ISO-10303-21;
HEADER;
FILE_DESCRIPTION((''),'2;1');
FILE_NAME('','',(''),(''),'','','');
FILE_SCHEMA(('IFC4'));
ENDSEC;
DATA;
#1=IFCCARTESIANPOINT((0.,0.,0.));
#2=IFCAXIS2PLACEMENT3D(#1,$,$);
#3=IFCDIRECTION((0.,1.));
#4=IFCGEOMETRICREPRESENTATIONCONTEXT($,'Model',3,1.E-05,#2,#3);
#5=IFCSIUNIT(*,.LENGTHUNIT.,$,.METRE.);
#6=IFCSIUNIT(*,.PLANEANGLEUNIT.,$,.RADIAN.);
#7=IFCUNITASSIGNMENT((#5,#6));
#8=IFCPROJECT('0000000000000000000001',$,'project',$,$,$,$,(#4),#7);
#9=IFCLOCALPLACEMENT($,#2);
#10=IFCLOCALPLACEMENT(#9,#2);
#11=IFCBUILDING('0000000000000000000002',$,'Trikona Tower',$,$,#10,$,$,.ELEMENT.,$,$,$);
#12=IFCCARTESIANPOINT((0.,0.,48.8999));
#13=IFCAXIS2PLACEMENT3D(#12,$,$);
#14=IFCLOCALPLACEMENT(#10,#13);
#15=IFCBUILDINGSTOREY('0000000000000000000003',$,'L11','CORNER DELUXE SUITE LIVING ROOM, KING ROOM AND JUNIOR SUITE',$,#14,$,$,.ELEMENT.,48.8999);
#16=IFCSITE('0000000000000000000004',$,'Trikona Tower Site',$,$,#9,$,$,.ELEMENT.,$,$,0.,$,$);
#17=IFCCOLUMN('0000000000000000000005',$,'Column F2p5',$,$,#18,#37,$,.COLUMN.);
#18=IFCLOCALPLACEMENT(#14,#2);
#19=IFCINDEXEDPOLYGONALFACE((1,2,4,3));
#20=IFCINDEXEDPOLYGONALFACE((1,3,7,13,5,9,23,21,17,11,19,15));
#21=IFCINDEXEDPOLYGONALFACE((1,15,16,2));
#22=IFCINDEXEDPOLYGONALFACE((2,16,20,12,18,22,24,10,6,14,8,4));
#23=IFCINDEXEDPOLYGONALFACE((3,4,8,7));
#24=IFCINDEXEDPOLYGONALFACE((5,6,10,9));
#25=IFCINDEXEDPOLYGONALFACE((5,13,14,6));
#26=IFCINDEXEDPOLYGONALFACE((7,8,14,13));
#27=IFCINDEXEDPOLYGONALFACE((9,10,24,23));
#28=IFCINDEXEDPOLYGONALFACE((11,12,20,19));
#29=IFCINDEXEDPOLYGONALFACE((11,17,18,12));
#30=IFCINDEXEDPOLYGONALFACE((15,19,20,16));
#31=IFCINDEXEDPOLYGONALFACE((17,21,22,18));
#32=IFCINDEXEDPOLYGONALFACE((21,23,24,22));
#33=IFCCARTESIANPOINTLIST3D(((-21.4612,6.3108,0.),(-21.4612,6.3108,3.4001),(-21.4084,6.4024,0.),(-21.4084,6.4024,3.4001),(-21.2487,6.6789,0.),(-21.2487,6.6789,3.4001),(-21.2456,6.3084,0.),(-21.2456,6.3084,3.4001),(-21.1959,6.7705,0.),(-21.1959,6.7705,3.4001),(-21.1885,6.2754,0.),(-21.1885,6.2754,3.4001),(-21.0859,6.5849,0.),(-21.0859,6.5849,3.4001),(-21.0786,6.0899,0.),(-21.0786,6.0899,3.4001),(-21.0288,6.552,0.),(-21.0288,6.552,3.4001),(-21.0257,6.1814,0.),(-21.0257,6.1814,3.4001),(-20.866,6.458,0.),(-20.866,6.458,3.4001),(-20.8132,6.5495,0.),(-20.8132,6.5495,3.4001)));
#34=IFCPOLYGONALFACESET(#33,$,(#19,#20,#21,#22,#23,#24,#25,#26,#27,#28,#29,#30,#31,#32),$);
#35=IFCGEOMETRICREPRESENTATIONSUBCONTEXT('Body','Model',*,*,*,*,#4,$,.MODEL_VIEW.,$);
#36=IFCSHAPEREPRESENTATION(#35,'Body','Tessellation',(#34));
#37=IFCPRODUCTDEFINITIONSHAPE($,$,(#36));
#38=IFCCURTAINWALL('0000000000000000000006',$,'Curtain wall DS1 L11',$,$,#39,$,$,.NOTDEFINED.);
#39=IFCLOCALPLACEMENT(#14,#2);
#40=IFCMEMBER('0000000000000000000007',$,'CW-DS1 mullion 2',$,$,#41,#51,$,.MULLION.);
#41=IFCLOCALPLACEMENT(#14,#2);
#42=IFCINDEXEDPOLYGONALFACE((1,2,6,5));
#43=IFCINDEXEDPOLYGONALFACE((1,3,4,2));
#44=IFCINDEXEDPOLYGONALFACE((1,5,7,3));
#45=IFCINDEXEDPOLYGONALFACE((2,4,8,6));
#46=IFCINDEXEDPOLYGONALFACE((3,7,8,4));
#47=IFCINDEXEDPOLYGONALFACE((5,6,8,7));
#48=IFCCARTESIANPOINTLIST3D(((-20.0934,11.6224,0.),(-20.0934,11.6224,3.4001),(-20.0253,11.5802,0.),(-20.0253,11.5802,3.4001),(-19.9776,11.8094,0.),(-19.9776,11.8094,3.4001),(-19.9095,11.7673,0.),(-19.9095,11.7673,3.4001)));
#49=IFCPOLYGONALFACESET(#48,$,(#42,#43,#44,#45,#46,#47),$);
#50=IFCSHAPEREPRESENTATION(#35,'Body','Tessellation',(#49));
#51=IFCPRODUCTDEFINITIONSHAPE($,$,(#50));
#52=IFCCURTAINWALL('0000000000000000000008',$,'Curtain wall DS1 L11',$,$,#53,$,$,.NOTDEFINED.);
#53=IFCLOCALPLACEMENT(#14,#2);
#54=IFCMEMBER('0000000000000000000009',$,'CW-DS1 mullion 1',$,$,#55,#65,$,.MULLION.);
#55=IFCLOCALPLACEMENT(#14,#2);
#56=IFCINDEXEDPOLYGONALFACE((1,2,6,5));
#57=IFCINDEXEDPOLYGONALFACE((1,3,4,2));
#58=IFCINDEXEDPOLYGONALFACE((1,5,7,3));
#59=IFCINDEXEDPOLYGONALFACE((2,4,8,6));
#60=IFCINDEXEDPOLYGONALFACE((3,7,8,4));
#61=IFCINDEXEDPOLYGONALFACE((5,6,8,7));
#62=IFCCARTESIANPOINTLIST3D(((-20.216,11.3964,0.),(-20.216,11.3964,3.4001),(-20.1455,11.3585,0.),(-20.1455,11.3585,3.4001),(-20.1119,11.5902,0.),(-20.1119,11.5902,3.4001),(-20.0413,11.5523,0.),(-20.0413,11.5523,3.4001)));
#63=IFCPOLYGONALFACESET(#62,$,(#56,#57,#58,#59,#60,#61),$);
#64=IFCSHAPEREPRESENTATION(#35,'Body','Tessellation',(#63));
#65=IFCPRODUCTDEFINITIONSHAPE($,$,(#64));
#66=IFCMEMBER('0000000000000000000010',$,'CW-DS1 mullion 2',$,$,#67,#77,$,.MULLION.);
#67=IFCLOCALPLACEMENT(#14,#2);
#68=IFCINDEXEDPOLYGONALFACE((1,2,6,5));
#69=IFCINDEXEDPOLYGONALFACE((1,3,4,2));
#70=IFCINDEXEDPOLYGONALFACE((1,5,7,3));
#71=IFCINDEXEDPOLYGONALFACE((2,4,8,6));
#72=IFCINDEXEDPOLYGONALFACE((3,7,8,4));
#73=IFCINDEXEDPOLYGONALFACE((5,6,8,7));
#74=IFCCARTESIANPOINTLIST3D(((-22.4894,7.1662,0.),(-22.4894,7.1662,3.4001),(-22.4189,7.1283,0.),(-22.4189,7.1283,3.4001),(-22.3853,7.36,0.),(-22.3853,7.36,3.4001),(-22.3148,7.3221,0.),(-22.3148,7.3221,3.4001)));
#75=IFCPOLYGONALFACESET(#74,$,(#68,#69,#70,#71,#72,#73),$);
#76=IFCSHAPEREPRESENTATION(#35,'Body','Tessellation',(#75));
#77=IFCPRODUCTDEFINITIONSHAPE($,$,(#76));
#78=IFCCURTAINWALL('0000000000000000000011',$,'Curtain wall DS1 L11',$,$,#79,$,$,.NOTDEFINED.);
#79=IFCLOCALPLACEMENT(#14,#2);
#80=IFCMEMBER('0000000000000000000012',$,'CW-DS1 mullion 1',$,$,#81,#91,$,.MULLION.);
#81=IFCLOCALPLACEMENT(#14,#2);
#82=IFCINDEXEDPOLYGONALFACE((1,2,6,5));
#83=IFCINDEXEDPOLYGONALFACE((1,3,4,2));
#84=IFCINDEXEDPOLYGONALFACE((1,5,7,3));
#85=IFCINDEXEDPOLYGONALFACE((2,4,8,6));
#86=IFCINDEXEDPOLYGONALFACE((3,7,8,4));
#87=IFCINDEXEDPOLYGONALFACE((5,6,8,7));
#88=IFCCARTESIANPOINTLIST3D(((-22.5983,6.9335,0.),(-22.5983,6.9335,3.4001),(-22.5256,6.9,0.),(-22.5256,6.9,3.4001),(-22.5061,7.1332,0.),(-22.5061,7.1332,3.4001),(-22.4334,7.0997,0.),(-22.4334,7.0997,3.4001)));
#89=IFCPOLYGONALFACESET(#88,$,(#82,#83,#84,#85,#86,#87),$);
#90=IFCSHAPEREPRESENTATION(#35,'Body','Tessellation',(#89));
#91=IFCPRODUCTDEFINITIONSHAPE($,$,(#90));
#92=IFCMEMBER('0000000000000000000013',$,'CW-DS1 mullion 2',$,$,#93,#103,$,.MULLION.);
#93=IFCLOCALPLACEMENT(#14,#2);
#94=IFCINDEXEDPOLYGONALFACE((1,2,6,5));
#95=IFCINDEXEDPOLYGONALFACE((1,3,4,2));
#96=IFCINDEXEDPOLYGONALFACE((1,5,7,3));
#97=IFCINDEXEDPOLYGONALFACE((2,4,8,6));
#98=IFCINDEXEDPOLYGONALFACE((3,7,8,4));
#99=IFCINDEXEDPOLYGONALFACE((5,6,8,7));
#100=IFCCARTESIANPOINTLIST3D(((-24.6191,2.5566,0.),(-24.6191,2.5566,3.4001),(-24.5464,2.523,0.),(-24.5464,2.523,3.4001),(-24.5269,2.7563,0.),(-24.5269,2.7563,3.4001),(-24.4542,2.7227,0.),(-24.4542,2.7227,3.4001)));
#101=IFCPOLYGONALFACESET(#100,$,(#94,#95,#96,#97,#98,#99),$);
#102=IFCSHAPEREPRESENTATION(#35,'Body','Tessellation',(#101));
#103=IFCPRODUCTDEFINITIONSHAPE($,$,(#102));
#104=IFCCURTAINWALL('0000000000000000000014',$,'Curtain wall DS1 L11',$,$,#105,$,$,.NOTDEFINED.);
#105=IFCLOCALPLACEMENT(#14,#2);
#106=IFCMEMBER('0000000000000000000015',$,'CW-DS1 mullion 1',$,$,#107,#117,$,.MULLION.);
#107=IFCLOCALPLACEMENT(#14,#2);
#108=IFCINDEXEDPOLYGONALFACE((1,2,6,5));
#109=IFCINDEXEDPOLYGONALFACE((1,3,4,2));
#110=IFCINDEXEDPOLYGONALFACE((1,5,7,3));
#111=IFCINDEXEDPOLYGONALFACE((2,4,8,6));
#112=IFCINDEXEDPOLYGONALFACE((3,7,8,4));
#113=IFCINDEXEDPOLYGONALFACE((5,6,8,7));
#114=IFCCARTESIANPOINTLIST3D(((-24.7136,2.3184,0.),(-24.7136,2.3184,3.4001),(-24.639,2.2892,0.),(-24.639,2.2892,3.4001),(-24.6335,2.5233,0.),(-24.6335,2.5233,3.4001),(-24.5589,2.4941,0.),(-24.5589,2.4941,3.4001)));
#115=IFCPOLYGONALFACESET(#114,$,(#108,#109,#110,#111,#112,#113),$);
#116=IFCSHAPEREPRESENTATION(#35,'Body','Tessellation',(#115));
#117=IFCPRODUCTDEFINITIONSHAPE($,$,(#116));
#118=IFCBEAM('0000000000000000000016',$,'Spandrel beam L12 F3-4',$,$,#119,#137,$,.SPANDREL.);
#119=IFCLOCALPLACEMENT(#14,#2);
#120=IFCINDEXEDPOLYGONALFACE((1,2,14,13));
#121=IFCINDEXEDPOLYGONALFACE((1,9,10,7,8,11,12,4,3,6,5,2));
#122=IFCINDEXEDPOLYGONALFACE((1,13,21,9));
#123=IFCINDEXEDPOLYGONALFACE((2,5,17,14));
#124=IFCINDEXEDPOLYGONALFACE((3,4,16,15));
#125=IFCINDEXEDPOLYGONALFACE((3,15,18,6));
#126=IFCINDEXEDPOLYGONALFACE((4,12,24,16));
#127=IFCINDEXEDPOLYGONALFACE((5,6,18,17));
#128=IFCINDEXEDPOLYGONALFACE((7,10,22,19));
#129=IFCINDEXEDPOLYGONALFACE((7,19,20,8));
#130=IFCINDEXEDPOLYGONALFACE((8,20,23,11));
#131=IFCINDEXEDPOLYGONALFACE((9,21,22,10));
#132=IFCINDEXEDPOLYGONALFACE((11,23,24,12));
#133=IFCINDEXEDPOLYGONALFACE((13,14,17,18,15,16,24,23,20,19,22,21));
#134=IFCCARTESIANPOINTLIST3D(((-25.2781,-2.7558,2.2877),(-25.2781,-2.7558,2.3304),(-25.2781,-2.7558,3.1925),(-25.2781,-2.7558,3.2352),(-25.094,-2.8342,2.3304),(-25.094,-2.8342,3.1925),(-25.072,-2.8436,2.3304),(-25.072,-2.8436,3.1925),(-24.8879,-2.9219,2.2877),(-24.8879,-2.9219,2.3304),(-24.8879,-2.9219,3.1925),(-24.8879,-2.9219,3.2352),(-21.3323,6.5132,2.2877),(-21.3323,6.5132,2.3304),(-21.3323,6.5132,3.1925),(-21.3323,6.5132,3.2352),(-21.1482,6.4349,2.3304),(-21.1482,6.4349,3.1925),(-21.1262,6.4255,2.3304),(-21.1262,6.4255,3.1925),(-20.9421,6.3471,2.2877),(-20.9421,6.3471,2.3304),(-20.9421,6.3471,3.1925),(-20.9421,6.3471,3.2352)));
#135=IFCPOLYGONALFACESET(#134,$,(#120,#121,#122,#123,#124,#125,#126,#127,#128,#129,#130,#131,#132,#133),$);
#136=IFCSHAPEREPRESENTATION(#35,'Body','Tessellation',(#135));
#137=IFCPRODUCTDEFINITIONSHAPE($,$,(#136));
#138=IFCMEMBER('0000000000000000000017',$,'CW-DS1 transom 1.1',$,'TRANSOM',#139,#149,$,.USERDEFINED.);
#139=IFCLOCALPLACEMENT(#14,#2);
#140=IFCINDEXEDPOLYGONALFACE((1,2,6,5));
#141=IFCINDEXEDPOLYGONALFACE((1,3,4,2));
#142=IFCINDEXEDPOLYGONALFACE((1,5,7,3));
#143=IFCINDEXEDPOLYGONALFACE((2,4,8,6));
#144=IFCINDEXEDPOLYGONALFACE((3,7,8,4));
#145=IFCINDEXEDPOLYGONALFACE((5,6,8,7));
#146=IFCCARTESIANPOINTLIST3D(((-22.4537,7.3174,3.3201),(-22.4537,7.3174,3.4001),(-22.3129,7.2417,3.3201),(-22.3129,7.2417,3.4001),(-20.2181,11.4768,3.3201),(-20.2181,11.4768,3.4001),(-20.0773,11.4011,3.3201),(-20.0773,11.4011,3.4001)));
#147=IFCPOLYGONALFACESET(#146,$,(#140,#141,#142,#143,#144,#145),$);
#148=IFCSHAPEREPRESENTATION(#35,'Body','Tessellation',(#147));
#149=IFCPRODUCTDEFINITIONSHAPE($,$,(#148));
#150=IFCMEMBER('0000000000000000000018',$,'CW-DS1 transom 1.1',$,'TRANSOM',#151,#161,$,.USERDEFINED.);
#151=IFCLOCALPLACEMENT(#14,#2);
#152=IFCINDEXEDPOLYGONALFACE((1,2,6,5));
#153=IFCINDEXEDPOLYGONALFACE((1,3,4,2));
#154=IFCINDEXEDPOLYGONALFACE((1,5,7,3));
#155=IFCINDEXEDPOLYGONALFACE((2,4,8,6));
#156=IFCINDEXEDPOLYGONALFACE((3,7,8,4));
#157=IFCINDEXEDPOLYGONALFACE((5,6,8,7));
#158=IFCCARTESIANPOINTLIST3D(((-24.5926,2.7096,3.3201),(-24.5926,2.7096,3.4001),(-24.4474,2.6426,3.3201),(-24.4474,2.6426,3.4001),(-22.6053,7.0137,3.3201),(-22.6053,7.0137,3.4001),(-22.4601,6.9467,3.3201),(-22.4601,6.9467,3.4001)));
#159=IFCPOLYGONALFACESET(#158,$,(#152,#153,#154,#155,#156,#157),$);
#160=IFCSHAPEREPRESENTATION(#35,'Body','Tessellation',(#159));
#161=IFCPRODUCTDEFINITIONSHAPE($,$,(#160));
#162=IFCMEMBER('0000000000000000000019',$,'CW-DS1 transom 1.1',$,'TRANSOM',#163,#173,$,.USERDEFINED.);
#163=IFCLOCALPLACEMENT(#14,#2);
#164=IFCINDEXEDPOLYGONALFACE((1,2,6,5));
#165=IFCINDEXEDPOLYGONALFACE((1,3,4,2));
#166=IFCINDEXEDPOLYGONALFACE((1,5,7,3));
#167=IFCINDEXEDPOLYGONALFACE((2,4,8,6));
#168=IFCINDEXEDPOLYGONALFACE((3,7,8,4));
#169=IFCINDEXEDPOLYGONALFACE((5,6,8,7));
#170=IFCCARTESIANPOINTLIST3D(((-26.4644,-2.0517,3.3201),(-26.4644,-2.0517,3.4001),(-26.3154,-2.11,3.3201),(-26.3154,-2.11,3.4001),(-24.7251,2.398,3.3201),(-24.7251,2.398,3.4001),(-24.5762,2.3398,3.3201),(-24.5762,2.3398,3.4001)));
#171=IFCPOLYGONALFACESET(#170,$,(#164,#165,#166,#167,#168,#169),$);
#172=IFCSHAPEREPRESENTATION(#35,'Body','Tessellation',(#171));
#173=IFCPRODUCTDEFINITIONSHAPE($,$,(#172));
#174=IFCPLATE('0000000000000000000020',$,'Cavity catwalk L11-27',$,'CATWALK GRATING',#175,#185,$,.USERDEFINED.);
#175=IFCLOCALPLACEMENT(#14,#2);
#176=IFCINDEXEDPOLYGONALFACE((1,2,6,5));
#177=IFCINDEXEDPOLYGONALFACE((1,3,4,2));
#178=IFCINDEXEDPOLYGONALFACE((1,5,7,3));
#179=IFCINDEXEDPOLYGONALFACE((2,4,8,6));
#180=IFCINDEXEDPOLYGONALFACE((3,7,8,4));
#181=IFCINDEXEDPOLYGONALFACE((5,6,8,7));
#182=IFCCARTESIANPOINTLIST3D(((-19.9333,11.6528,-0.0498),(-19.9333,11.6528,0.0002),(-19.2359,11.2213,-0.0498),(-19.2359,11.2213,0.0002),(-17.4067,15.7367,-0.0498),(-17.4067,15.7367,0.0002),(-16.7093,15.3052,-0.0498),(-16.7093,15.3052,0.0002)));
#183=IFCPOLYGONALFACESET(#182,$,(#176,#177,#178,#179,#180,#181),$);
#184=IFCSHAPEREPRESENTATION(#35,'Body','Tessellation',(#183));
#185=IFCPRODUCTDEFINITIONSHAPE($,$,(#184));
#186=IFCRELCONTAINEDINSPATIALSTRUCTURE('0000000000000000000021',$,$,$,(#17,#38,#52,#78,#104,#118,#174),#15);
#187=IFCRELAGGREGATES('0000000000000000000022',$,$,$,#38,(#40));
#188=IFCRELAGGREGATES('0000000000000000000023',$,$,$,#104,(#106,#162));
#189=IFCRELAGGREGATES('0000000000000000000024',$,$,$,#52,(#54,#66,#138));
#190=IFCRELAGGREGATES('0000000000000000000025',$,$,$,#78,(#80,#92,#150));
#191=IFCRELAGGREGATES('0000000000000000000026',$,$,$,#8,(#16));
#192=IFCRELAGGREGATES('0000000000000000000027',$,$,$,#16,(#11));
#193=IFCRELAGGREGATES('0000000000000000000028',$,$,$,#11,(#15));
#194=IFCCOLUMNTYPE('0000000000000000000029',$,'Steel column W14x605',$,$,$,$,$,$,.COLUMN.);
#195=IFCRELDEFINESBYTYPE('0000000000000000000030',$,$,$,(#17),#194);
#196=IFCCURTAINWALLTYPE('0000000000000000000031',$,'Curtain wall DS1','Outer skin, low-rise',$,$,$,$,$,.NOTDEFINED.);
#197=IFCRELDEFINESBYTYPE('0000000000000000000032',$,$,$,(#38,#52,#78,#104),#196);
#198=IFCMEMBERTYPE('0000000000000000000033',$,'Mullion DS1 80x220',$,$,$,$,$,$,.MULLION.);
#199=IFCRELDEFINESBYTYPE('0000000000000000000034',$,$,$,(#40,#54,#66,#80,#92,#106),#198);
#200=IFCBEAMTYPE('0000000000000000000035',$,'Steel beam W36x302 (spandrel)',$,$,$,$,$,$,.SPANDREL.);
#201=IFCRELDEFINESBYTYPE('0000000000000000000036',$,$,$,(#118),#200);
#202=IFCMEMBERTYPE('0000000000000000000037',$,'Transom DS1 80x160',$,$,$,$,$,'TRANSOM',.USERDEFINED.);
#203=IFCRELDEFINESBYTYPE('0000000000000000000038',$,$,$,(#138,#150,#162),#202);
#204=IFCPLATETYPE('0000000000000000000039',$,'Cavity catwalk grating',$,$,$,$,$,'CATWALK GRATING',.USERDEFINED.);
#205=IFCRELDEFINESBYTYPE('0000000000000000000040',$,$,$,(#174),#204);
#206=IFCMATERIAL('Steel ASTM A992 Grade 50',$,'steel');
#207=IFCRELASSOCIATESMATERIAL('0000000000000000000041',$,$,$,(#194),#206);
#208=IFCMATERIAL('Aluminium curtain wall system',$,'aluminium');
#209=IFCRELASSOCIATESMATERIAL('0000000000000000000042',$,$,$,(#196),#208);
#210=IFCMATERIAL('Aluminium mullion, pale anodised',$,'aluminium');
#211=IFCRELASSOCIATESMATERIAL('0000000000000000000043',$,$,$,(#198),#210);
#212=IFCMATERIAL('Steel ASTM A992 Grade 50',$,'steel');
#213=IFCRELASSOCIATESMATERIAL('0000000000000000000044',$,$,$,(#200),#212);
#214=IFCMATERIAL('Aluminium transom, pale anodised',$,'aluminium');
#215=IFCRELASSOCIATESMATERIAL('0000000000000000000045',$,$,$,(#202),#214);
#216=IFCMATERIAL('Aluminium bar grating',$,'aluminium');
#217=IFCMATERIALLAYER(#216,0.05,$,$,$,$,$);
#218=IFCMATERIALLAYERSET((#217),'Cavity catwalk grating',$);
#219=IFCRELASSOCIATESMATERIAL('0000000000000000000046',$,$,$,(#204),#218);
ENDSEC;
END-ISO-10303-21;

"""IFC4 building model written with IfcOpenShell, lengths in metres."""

from ifc_helpers import new_model, si_unit, direction, frame, origin, origin_2d, place, context, subcontext, project, spatial, rectangle, i_section, extrude, material, layer, layer_set, material_profile, profile_set, type_object, element, aggregate, save


model = new_model("IFC4")

# Units and contexts
model_context = context("Model", 3, precision=1e-05, world=origin(), true_north=direction((0.0, 1.0)))
body_context = subcontext(model_context, "Body", "Model", "MODEL_VIEW")
ifc_project = project(units=[si_unit("LENGTHUNIT", "METRE"), si_unit("PLANEANGLEUNIT", "RADIAN")], contexts=[model_context])

# Site, building, storey
site_placement = place(None, origin())
site = spatial("IfcSite", under=ifc_project, at=site_placement, Name="Trikona Tower Site", CompositionType="ELEMENT", RefElevation=0.0)
building_placement = place(site_placement, origin())
building = spatial("IfcBuilding", under=site, at=building_placement, Name="Trikona Tower", CompositionType="ELEMENT")
storey_placement = place(building_placement, frame((0.0, 0.0, 48.8999)))
storey = spatial("IfcBuildingStorey", under=building, at=storey_placement, Name="L11", Description="CORNER DELUXE SUITE LIVING ROOM, KING ROOM AND JUNIOR SUITE", CompositionType="ELEMENT", Elevation=48.8999)

# Column
ifc_material_1 = material(Name="Steel ASTM A992 Grade 50", Category="steel")
ifc_material_profile_1 = material_profile(ifc_material_1, i_section(OverallWidth=0.4419, OverallDepth=0.5308, WebThickness=0.0659, FlangeThickness=0.1057, at=origin_2d()), Name="W14X605")
ifc_profile_set_1 = profile_set([ifc_material_profile_1], Name="Steel ASTM A992 Grade 50")
column_type = type_object("IfcColumnType", Name="Steel column W14x605", PredefinedType="COLUMN", material=ifc_profile_set_1)
column_placement = place(storey_placement, frame((-21.1372, 6.4302, 0.0), z_axis=(0.0, 0.0, 1.0), x_axis=(-0.866025, 0.5, 0.0)))
element("IfcColumn", 1, at=column_placement, inside=storey, type_object=column_type, Name="Column F2p5", PredefinedType="COLUMN", context=body_context, shape_type="SweptSolid", body=[
    extrude(i_section(OverallWidth=0.4419, OverallDepth=0.5308, WebThickness=0.0659, FlangeThickness=0.1057, at=origin_2d()), origin(), (0.0, 0.0, 1.0), 3.4001),
])

# Curtain wall, member
ifc_material_2 = material(Name="Aluminium curtain wall system", Category="aluminium")
curtain_wall_type = type_object("IfcCurtainWallType", Name="Curtain wall DS1", Description="Outer skin, low-rise", PredefinedType="NOTDEFINED", material=ifc_material_2)
curtain_wall_1_placement = place(storey_placement, origin())
curtain_wall_1 = element("IfcCurtainWall", 2, at=curtain_wall_1_placement, inside=storey, type_object=curtain_wall_type, Name="Curtain wall DS1 L11", PredefinedType="NOTDEFINED")
ifc_material_3 = material(Name="Aluminium mullion, pale anodised", Category="aluminium")
ifc_material_profile_2 = material_profile(ifc_material_3, rectangle(XDim=0.0801, YDim=0.22, at=origin_2d()), Name="MUL-DS1")
ifc_profile_set_2 = profile_set([ifc_material_profile_2], Name="Aluminium mullion, pale anodised")
member_type_1 = type_object("IfcMemberType", Name="Mullion DS1 80x220", PredefinedType="MULLION", material=ifc_profile_set_2)
member_1_placement = place(storey_placement, frame((-20.0015, 11.6948, 0.0), z_axis=(0.0, 0.0, 1.0), x_axis=(0.85041, -0.52612, 0.0)))
member_1 = element("IfcMember", 3, at=member_1_placement, type_object=member_type_1, Name="CW-DS1 mullion 2", PredefinedType="MULLION", context=body_context, shape_type="SweptSolid", body=[
    extrude(rectangle(XDim=0.0801, YDim=0.22, at=origin_2d()), origin(), (0.0, 0.0, 1.0), 3.4001),
])
aggregate(curtain_wall_1, [member_1])

# Curtain walls, members
curtain_wall_2_placement = place(storey_placement, origin())
curtain_wall_2 = element("IfcCurtainWall", 4, at=curtain_wall_2_placement, inside=storey, type_object=curtain_wall_type, Name="Curtain wall DS1 L11", PredefinedType="NOTDEFINED")
member_2_placement = place(storey_placement, frame((-20.1287, 11.4744, 0.0), z_axis=(0.0, 0.0, 1.0), x_axis=(0.880843, -0.473408, 0.0)))
member_2 = element("IfcMember", 5, at=member_2_placement, type_object=member_type_1, Name="CW-DS1 mullion 1", PredefinedType="MULLION", context=body_context, shape_type="SweptSolid", body=[
    extrude(rectangle(XDim=0.0801, YDim=0.22, at=origin_2d()), origin(), (0.0, 0.0, 1.0), 3.4001),
])
member_3_placement = place(storey_placement, frame((-22.4021, 7.2441, 0.0), z_axis=(0.0, 0.0, 1.0), x_axis=(0.880843, -0.473408, 0.0)))
member_3 = element("IfcMember", 6, at=member_3_placement, type_object=member_type_1, Name="CW-DS1 mullion 2", PredefinedType="MULLION", context=body_context, shape_type="SweptSolid", body=[
    extrude(rectangle(XDim=0.0801, YDim=0.22, at=origin_2d()), origin(), (0.0, 0.0, 1.0), 3.4001),
])
curtain_wall_3_placement = place(storey_placement, origin())
curtain_wall_3 = element("IfcCurtainWall", 7, at=curtain_wall_3_placement, inside=storey, type_object=curtain_wall_type, Name="Curtain wall DS1 L11", PredefinedType="NOTDEFINED")
member_4_placement = place(storey_placement, frame((-22.5159, 7.0166, 0.0), z_axis=(0.0, 0.0, 1.0), x_axis=(0.907898, -0.41919, 0.0)))
member_4 = element("IfcMember", 8, at=member_4_placement, type_object=member_type_1, Name="CW-DS1 mullion 1", PredefinedType="MULLION", context=body_context, shape_type="SweptSolid", body=[
    extrude(rectangle(XDim=0.0801, YDim=0.22, at=origin_2d()), origin(), (0.0, 0.0, 1.0), 3.4001),
])
member_5_placement = place(storey_placement, frame((-24.5366, 2.6396, 0.0), z_axis=(0.0, 0.0, 1.0), x_axis=(0.907898, -0.41919, 0.0)))
member_5 = element("IfcMember", 9, at=member_5_placement, type_object=member_type_1, Name="CW-DS1 mullion 2", PredefinedType="MULLION", context=body_context, shape_type="SweptSolid", body=[
    extrude(rectangle(XDim=0.0801, YDim=0.22, at=origin_2d()), origin(), (0.0, 0.0, 1.0), 3.4001),
])

# Curtain wall, member
curtain_wall_4_placement = place(storey_placement, origin())
curtain_wall_4 = element("IfcCurtainWall", 10, at=curtain_wall_4_placement, inside=storey, type_object=curtain_wall_type, Name="Curtain wall DS1 L11", PredefinedType="NOTDEFINED")
member_6_placement = place(storey_placement, frame((-24.6362, 2.4062, 0.0), z_axis=(0.0, 0.0, 1.0), x_axis=(0.931396, -0.364008, 0.0)))
member_6 = element("IfcMember", 11, at=member_6_placement, type_object=member_type_1, Name="CW-DS1 mullion 1", PredefinedType="MULLION", context=body_context, shape_type="SweptSolid", body=[
    extrude(rectangle(XDim=0.0801, YDim=0.22, at=origin_2d()), origin(), (0.0, 0.0, 1.0), 3.4001),
])

# Beam
ifc_material_4 = material(Name="Steel ASTM A992 Grade 50", Category="steel")
ifc_material_profile_3 = material_profile(ifc_material_4, i_section(OverallWidth=0.4241, OverallDepth=0.9475, WebThickness=0.0239, FlangeThickness=0.0427, at=origin_2d()), Name="W36X302")
ifc_profile_set_3 = profile_set([ifc_material_profile_3], Name="Steel ASTM A992 Grade 50")
beam_type = type_object("IfcBeamType", Name="Steel beam W36x302 (spandrel)", PredefinedType="SPANDREL", material=ifc_profile_set_3)
beam_placement = place(storey_placement, frame((-21.1372, 6.4302, 2.7615), z_axis=(-0.391684, -0.9201, 0.0), x_axis=(0.9201, -0.391684, 0.0)))
element("IfcBeam", 12, at=beam_placement, inside=storey, type_object=beam_type, Name="Spandrel beam L12 F3-4", PredefinedType="SPANDREL", context=body_context, shape_type="SweptSolid", body=[
    extrude(i_section(OverallWidth=0.4241, OverallDepth=0.9475, WebThickness=0.0239, FlangeThickness=0.0427, at=origin_2d()), origin(), (0.0, 0.0, 1.0), 10.074),
])

# Members
ifc_material_5 = material(Name="Aluminium transom, pale anodised", Category="aluminium")
ifc_material_profile_4 = material_profile(ifc_material_5, rectangle(XDim=0.1599, YDim=0.0801, at=origin_2d()), Name="TRN-DS1")
ifc_profile_set_4 = profile_set([ifc_material_profile_4], Name="Aluminium transom, pale anodised")
member_type_2 = type_object("IfcMemberType", Name="Transom DS1 80x160", ElementType="TRANSOM", PredefinedType="USERDEFINED", material=ifc_profile_set_4)
member_7_placement = place(storey_placement, frame((-20.1477, 11.439, 3.3601), z_axis=(-0.473428, -0.880833, 0.0), x_axis=(0.880833, -0.473428, 0.0)))
member_7 = element("IfcMember", 13, at=member_7_placement, type_object=member_type_2, Name="CW-DS1 transom 1.1", ObjectType="TRANSOM", PredefinedType="USERDEFINED", context=body_context, shape_type="SweptSolid", body=[
    extrude(rectangle(XDim=0.1599, YDim=0.0801, at=origin_2d()), origin(), (0.0, 0.0, 1.0), 4.7222),
])
member_8_placement = place(storey_placement, frame((-22.5327, 6.9802, 3.3601), z_axis=(-0.419189, -0.907899, 0.0), x_axis=(0.907899, -0.419189, 0.0)))
member_8 = element("IfcMember", 14, at=member_8_placement, type_object=member_type_2, Name="CW-DS1 transom 1.1", ObjectType="TRANSOM", PredefinedType="USERDEFINED", context=body_context, shape_type="SweptSolid", body=[
    extrude(rectangle(XDim=0.1599, YDim=0.0801, at=origin_2d()), origin(), (0.0, 0.0, 1.0), 4.7407),
])
member_9_placement = place(storey_placement, frame((-24.6506, 2.3689, 3.3601), z_axis=(-0.364049, -0.93138, 0.0), x_axis=(0.93138, -0.364049, 0.0)))
member_9 = element("IfcMember", 15, at=member_9_placement, type_object=member_type_2, Name="CW-DS1 transom 1.1", ObjectType="TRANSOM", PredefinedType="USERDEFINED", context=body_context, shape_type="SweptSolid", body=[
    extrude(rectangle(XDim=0.1599, YDim=0.0801, at=origin_2d()), origin(), (0.0, 0.0, 1.0), 4.7776),
])
aggregate(curtain_wall_4, [member_6, member_9])

# Plate
ifc_material_6 = material(Name="Aluminium bar grating", Category="aluminium")
ifc_layer_1 = layer(ifc_material_6, 0.05)
ifc_layer_set_1 = layer_set([ifc_layer_1], Name="Cavity catwalk grating")
plate_type_1 = type_object("IfcPlateType", Name="Cavity catwalk grating", ElementType="CATWALK GRATING", PredefinedType="USERDEFINED", material=ifc_layer_set_1)
for number, where, z_axis, x_axis, name in (
    (16, (-18.3213, 13.479, -0.0498), (0.0, 0.0, 1.0), (-0.526119, -0.850411, 0.0), "Cavity catwalk L11-27"),
):
    element("IfcPlate", number, at=place(storey_placement, frame(where, z_axis=z_axis, x_axis=x_axis)), inside=storey, type_object=plate_type_1, Name=name, ObjectType="CATWALK GRATING", PredefinedType="USERDEFINED", context=body_context, shape_type="SweptSolid", body=[
        extrude(rectangle(XDim=4.8022, YDim=0.8201, at=origin_2d()), origin(), (0.0, 0.0, 1.0), 0.05),
    ])

aggregate(curtain_wall_2, [member_2, member_3, member_7])
aggregate(curtain_wall_3, [member_4, member_5, member_8])

save(model, "model.ifc")
